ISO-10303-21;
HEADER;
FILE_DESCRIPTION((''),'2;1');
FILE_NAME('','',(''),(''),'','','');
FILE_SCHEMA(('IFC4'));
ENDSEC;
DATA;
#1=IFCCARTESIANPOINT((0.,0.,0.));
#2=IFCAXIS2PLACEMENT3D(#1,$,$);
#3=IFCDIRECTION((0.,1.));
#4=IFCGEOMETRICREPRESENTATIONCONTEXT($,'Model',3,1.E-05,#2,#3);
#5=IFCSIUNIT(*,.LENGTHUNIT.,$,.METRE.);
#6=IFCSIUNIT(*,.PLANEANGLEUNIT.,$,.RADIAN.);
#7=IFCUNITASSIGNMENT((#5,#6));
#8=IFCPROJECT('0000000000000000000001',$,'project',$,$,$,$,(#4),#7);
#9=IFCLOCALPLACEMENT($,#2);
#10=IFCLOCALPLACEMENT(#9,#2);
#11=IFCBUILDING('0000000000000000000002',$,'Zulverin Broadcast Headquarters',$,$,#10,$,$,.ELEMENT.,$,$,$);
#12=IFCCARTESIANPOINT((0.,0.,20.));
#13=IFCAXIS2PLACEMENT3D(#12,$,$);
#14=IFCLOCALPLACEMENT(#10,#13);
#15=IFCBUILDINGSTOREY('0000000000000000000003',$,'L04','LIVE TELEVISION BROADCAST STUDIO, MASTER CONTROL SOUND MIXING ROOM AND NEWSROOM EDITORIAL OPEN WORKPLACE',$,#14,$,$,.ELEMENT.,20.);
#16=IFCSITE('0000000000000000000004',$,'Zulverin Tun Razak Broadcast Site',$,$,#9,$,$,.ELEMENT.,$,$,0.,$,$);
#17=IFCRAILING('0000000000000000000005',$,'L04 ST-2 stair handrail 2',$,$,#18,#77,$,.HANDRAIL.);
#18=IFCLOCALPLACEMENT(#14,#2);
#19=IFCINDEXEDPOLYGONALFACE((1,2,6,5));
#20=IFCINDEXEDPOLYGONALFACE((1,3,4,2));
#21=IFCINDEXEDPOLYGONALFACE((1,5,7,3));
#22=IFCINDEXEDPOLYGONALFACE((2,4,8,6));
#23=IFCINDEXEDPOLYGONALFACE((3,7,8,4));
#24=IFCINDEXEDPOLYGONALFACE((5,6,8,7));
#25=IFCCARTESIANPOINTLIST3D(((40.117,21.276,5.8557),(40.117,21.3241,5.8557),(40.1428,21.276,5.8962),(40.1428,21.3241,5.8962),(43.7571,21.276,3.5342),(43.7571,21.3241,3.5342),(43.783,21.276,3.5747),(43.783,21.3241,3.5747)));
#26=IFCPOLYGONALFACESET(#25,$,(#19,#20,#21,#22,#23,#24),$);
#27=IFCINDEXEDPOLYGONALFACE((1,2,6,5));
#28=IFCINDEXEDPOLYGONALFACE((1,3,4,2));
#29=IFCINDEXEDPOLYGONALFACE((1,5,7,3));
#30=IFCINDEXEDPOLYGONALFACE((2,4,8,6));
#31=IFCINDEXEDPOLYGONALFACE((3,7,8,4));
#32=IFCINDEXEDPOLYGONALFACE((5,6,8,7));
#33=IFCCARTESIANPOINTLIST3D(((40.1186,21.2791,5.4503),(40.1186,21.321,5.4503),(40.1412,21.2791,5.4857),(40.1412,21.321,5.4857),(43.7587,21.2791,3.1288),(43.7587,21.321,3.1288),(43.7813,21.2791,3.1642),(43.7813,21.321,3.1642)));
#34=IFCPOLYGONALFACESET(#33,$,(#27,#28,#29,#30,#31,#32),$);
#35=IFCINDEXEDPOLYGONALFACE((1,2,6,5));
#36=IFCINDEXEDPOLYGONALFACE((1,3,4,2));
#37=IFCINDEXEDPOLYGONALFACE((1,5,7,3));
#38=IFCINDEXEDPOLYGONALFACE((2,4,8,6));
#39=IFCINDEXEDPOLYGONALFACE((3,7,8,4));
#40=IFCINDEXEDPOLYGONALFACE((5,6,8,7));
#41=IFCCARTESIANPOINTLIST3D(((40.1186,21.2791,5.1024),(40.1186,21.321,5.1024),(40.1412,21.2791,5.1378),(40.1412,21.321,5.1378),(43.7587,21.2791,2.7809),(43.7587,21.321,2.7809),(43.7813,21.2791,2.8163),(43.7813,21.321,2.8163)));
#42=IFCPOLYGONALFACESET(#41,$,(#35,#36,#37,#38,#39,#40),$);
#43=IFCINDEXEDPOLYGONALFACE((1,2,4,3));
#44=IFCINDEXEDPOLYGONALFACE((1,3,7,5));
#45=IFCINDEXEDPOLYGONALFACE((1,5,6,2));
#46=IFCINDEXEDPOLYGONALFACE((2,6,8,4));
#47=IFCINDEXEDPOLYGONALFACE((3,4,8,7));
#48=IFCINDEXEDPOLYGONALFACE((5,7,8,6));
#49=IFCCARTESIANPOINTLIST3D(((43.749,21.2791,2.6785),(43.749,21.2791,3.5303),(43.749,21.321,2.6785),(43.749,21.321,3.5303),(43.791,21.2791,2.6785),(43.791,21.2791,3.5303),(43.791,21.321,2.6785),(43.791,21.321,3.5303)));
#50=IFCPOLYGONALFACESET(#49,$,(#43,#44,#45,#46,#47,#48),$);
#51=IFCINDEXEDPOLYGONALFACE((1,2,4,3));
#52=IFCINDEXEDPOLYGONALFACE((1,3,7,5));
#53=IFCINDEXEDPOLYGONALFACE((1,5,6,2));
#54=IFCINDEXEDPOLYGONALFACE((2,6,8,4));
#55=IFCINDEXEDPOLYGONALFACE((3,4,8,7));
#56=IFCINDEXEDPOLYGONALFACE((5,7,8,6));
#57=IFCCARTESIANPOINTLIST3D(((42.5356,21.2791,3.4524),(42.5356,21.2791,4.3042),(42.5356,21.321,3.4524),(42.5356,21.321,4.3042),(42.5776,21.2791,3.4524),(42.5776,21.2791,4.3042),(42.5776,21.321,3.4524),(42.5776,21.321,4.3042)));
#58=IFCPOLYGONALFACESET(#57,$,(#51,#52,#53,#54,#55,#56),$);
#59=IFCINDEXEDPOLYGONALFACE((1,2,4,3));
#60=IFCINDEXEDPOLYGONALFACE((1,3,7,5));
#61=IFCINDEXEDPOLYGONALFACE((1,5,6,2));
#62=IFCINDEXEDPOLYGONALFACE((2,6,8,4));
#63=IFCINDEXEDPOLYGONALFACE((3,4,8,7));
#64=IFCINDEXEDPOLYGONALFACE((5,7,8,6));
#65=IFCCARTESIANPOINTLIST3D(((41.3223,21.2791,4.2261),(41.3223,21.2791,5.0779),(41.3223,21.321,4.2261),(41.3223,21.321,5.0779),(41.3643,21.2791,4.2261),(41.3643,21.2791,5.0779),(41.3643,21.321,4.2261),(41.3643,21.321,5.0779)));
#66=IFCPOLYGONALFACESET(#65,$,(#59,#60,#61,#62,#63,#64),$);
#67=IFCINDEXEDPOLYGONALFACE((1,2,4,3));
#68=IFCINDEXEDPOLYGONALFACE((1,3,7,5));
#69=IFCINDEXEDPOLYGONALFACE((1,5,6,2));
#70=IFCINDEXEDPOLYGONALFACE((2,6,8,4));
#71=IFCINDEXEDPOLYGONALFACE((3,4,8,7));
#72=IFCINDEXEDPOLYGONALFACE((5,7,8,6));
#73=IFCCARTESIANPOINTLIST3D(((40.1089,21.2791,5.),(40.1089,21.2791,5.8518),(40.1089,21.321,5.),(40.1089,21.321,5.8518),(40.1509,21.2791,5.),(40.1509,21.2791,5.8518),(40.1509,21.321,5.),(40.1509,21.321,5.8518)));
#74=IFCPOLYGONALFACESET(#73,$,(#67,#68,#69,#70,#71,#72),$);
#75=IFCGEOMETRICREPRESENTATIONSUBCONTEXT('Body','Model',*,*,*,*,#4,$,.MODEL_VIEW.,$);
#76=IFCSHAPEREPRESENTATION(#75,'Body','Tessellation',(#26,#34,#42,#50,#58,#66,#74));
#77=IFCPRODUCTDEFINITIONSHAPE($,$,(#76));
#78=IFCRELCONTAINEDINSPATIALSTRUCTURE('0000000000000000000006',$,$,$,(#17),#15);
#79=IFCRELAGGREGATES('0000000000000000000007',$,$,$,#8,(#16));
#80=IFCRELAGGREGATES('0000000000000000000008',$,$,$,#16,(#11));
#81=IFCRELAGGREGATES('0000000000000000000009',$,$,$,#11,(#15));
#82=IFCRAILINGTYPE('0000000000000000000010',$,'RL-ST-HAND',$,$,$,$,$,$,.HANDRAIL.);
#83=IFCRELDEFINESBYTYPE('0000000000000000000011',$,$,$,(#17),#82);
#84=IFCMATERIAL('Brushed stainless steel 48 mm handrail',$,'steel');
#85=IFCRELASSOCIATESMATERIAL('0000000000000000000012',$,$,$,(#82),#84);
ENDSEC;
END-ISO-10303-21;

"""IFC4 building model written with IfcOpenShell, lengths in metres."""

from ifc_helpers import new_model, si_unit, direction, frame, origin, origin_2d, place, context, subcontext, project, spatial, rectangle, extrude, material, type_object, element, save


model = new_model("IFC4")

# Units and contexts
model_context = context("Model", 3, precision=1e-05, world=origin(), true_north=direction((0.0, 1.0)))
body_context = subcontext(model_context, "Body", "Model", "MODEL_VIEW")
ifc_project = project(units=[si_unit("LENGTHUNIT", "METRE"), si_unit("PLANEANGLEUNIT", "RADIAN")], contexts=[model_context])

# Site, building, storey
site_placement = place(None, origin())
site = spatial("IfcSite", under=ifc_project, at=site_placement, Name="Zulverin Tun Razak Broadcast Site", CompositionType="ELEMENT", RefElevation=0.0)
building_placement = place(site_placement, origin())
building = spatial("IfcBuilding", under=site, at=building_placement, Name="Zulverin Broadcast Headquarters", CompositionType="ELEMENT")
storey_placement = place(building_placement, frame((0.0, 0.0, 20.0)))
storey = spatial("IfcBuildingStorey", under=building, at=storey_placement, Name="L04", Description="LIVE TELEVISION BROADCAST STUDIO, MASTER CONTROL SOUND MIXING ROOM AND NEWSROOM EDITORIAL OPEN WORKPLACE", CompositionType="ELEMENT", Elevation=20.0)

# Railing
ifc_material_1 = material(Name="Brushed stainless steel 48 mm handrail", Category="steel")
railing_type_1 = type_object("IfcRailingType", Name="RL-ST-HAND", PredefinedType="HANDRAIL", material=ifc_material_1)
railing_1_placement = place(storey_placement, frame((43.77, 21.3, 2.6785)))
element("IfcRailing", 1, at=railing_1_placement, inside=storey, type_object=railing_type_1, Name="L04 ST-2 stair handrail 2", PredefinedType="HANDRAIL", context=body_context, shape_type="SweptSolid", body=[
    extrude(rectangle(XDim=0.0481, YDim=0.0481, at=origin_2d()), frame((0.0, 0.0, 0.876), z_axis=(-0.843128, 0.0, 0.537713), x_axis=(0.0, -1.0, 0.0)), (0.0, 0.0, 1.0), 4.3174),
    extrude(rectangle(XDim=0.042, YDim=0.042, at=origin_2d()), frame((0.0, 0.0, 0.468), z_axis=(-0.843128, 0.0, 0.537713), x_axis=(0.0, -1.0, 0.0)), (0.0, 0.0, 1.0), 4.3174),
    extrude(rectangle(XDim=0.042, YDim=0.042, at=origin_2d()), frame((0.0, 0.0, 0.1201), z_axis=(-0.843128, 0.0, 0.537713), x_axis=(0.0, -1.0, 0.0)), (0.0, 0.0, 1.0), 4.3174),
    extrude(rectangle(XDim=0.042, YDim=0.042, at=origin_2d()), origin(), (0.0, 0.0, 1.0), 0.8518),
    extrude(rectangle(XDim=0.042, YDim=0.042, at=origin_2d()), frame((-1.2134, 0.0, 0.7739)), (0.0, 0.0, 1.0), 0.8518),
    extrude(rectangle(XDim=0.042, YDim=0.042, at=origin_2d()), frame((-2.4268, 0.0, 1.5476)), (0.0, 0.0, 1.0), 0.8518),
    extrude(rectangle(XDim=0.042, YDim=0.042, at=origin_2d()), frame((-3.6401, 0.0, 2.3215)), (0.0, 0.0, 1.0), 0.8518),
])

save(model, "model.ifc")
